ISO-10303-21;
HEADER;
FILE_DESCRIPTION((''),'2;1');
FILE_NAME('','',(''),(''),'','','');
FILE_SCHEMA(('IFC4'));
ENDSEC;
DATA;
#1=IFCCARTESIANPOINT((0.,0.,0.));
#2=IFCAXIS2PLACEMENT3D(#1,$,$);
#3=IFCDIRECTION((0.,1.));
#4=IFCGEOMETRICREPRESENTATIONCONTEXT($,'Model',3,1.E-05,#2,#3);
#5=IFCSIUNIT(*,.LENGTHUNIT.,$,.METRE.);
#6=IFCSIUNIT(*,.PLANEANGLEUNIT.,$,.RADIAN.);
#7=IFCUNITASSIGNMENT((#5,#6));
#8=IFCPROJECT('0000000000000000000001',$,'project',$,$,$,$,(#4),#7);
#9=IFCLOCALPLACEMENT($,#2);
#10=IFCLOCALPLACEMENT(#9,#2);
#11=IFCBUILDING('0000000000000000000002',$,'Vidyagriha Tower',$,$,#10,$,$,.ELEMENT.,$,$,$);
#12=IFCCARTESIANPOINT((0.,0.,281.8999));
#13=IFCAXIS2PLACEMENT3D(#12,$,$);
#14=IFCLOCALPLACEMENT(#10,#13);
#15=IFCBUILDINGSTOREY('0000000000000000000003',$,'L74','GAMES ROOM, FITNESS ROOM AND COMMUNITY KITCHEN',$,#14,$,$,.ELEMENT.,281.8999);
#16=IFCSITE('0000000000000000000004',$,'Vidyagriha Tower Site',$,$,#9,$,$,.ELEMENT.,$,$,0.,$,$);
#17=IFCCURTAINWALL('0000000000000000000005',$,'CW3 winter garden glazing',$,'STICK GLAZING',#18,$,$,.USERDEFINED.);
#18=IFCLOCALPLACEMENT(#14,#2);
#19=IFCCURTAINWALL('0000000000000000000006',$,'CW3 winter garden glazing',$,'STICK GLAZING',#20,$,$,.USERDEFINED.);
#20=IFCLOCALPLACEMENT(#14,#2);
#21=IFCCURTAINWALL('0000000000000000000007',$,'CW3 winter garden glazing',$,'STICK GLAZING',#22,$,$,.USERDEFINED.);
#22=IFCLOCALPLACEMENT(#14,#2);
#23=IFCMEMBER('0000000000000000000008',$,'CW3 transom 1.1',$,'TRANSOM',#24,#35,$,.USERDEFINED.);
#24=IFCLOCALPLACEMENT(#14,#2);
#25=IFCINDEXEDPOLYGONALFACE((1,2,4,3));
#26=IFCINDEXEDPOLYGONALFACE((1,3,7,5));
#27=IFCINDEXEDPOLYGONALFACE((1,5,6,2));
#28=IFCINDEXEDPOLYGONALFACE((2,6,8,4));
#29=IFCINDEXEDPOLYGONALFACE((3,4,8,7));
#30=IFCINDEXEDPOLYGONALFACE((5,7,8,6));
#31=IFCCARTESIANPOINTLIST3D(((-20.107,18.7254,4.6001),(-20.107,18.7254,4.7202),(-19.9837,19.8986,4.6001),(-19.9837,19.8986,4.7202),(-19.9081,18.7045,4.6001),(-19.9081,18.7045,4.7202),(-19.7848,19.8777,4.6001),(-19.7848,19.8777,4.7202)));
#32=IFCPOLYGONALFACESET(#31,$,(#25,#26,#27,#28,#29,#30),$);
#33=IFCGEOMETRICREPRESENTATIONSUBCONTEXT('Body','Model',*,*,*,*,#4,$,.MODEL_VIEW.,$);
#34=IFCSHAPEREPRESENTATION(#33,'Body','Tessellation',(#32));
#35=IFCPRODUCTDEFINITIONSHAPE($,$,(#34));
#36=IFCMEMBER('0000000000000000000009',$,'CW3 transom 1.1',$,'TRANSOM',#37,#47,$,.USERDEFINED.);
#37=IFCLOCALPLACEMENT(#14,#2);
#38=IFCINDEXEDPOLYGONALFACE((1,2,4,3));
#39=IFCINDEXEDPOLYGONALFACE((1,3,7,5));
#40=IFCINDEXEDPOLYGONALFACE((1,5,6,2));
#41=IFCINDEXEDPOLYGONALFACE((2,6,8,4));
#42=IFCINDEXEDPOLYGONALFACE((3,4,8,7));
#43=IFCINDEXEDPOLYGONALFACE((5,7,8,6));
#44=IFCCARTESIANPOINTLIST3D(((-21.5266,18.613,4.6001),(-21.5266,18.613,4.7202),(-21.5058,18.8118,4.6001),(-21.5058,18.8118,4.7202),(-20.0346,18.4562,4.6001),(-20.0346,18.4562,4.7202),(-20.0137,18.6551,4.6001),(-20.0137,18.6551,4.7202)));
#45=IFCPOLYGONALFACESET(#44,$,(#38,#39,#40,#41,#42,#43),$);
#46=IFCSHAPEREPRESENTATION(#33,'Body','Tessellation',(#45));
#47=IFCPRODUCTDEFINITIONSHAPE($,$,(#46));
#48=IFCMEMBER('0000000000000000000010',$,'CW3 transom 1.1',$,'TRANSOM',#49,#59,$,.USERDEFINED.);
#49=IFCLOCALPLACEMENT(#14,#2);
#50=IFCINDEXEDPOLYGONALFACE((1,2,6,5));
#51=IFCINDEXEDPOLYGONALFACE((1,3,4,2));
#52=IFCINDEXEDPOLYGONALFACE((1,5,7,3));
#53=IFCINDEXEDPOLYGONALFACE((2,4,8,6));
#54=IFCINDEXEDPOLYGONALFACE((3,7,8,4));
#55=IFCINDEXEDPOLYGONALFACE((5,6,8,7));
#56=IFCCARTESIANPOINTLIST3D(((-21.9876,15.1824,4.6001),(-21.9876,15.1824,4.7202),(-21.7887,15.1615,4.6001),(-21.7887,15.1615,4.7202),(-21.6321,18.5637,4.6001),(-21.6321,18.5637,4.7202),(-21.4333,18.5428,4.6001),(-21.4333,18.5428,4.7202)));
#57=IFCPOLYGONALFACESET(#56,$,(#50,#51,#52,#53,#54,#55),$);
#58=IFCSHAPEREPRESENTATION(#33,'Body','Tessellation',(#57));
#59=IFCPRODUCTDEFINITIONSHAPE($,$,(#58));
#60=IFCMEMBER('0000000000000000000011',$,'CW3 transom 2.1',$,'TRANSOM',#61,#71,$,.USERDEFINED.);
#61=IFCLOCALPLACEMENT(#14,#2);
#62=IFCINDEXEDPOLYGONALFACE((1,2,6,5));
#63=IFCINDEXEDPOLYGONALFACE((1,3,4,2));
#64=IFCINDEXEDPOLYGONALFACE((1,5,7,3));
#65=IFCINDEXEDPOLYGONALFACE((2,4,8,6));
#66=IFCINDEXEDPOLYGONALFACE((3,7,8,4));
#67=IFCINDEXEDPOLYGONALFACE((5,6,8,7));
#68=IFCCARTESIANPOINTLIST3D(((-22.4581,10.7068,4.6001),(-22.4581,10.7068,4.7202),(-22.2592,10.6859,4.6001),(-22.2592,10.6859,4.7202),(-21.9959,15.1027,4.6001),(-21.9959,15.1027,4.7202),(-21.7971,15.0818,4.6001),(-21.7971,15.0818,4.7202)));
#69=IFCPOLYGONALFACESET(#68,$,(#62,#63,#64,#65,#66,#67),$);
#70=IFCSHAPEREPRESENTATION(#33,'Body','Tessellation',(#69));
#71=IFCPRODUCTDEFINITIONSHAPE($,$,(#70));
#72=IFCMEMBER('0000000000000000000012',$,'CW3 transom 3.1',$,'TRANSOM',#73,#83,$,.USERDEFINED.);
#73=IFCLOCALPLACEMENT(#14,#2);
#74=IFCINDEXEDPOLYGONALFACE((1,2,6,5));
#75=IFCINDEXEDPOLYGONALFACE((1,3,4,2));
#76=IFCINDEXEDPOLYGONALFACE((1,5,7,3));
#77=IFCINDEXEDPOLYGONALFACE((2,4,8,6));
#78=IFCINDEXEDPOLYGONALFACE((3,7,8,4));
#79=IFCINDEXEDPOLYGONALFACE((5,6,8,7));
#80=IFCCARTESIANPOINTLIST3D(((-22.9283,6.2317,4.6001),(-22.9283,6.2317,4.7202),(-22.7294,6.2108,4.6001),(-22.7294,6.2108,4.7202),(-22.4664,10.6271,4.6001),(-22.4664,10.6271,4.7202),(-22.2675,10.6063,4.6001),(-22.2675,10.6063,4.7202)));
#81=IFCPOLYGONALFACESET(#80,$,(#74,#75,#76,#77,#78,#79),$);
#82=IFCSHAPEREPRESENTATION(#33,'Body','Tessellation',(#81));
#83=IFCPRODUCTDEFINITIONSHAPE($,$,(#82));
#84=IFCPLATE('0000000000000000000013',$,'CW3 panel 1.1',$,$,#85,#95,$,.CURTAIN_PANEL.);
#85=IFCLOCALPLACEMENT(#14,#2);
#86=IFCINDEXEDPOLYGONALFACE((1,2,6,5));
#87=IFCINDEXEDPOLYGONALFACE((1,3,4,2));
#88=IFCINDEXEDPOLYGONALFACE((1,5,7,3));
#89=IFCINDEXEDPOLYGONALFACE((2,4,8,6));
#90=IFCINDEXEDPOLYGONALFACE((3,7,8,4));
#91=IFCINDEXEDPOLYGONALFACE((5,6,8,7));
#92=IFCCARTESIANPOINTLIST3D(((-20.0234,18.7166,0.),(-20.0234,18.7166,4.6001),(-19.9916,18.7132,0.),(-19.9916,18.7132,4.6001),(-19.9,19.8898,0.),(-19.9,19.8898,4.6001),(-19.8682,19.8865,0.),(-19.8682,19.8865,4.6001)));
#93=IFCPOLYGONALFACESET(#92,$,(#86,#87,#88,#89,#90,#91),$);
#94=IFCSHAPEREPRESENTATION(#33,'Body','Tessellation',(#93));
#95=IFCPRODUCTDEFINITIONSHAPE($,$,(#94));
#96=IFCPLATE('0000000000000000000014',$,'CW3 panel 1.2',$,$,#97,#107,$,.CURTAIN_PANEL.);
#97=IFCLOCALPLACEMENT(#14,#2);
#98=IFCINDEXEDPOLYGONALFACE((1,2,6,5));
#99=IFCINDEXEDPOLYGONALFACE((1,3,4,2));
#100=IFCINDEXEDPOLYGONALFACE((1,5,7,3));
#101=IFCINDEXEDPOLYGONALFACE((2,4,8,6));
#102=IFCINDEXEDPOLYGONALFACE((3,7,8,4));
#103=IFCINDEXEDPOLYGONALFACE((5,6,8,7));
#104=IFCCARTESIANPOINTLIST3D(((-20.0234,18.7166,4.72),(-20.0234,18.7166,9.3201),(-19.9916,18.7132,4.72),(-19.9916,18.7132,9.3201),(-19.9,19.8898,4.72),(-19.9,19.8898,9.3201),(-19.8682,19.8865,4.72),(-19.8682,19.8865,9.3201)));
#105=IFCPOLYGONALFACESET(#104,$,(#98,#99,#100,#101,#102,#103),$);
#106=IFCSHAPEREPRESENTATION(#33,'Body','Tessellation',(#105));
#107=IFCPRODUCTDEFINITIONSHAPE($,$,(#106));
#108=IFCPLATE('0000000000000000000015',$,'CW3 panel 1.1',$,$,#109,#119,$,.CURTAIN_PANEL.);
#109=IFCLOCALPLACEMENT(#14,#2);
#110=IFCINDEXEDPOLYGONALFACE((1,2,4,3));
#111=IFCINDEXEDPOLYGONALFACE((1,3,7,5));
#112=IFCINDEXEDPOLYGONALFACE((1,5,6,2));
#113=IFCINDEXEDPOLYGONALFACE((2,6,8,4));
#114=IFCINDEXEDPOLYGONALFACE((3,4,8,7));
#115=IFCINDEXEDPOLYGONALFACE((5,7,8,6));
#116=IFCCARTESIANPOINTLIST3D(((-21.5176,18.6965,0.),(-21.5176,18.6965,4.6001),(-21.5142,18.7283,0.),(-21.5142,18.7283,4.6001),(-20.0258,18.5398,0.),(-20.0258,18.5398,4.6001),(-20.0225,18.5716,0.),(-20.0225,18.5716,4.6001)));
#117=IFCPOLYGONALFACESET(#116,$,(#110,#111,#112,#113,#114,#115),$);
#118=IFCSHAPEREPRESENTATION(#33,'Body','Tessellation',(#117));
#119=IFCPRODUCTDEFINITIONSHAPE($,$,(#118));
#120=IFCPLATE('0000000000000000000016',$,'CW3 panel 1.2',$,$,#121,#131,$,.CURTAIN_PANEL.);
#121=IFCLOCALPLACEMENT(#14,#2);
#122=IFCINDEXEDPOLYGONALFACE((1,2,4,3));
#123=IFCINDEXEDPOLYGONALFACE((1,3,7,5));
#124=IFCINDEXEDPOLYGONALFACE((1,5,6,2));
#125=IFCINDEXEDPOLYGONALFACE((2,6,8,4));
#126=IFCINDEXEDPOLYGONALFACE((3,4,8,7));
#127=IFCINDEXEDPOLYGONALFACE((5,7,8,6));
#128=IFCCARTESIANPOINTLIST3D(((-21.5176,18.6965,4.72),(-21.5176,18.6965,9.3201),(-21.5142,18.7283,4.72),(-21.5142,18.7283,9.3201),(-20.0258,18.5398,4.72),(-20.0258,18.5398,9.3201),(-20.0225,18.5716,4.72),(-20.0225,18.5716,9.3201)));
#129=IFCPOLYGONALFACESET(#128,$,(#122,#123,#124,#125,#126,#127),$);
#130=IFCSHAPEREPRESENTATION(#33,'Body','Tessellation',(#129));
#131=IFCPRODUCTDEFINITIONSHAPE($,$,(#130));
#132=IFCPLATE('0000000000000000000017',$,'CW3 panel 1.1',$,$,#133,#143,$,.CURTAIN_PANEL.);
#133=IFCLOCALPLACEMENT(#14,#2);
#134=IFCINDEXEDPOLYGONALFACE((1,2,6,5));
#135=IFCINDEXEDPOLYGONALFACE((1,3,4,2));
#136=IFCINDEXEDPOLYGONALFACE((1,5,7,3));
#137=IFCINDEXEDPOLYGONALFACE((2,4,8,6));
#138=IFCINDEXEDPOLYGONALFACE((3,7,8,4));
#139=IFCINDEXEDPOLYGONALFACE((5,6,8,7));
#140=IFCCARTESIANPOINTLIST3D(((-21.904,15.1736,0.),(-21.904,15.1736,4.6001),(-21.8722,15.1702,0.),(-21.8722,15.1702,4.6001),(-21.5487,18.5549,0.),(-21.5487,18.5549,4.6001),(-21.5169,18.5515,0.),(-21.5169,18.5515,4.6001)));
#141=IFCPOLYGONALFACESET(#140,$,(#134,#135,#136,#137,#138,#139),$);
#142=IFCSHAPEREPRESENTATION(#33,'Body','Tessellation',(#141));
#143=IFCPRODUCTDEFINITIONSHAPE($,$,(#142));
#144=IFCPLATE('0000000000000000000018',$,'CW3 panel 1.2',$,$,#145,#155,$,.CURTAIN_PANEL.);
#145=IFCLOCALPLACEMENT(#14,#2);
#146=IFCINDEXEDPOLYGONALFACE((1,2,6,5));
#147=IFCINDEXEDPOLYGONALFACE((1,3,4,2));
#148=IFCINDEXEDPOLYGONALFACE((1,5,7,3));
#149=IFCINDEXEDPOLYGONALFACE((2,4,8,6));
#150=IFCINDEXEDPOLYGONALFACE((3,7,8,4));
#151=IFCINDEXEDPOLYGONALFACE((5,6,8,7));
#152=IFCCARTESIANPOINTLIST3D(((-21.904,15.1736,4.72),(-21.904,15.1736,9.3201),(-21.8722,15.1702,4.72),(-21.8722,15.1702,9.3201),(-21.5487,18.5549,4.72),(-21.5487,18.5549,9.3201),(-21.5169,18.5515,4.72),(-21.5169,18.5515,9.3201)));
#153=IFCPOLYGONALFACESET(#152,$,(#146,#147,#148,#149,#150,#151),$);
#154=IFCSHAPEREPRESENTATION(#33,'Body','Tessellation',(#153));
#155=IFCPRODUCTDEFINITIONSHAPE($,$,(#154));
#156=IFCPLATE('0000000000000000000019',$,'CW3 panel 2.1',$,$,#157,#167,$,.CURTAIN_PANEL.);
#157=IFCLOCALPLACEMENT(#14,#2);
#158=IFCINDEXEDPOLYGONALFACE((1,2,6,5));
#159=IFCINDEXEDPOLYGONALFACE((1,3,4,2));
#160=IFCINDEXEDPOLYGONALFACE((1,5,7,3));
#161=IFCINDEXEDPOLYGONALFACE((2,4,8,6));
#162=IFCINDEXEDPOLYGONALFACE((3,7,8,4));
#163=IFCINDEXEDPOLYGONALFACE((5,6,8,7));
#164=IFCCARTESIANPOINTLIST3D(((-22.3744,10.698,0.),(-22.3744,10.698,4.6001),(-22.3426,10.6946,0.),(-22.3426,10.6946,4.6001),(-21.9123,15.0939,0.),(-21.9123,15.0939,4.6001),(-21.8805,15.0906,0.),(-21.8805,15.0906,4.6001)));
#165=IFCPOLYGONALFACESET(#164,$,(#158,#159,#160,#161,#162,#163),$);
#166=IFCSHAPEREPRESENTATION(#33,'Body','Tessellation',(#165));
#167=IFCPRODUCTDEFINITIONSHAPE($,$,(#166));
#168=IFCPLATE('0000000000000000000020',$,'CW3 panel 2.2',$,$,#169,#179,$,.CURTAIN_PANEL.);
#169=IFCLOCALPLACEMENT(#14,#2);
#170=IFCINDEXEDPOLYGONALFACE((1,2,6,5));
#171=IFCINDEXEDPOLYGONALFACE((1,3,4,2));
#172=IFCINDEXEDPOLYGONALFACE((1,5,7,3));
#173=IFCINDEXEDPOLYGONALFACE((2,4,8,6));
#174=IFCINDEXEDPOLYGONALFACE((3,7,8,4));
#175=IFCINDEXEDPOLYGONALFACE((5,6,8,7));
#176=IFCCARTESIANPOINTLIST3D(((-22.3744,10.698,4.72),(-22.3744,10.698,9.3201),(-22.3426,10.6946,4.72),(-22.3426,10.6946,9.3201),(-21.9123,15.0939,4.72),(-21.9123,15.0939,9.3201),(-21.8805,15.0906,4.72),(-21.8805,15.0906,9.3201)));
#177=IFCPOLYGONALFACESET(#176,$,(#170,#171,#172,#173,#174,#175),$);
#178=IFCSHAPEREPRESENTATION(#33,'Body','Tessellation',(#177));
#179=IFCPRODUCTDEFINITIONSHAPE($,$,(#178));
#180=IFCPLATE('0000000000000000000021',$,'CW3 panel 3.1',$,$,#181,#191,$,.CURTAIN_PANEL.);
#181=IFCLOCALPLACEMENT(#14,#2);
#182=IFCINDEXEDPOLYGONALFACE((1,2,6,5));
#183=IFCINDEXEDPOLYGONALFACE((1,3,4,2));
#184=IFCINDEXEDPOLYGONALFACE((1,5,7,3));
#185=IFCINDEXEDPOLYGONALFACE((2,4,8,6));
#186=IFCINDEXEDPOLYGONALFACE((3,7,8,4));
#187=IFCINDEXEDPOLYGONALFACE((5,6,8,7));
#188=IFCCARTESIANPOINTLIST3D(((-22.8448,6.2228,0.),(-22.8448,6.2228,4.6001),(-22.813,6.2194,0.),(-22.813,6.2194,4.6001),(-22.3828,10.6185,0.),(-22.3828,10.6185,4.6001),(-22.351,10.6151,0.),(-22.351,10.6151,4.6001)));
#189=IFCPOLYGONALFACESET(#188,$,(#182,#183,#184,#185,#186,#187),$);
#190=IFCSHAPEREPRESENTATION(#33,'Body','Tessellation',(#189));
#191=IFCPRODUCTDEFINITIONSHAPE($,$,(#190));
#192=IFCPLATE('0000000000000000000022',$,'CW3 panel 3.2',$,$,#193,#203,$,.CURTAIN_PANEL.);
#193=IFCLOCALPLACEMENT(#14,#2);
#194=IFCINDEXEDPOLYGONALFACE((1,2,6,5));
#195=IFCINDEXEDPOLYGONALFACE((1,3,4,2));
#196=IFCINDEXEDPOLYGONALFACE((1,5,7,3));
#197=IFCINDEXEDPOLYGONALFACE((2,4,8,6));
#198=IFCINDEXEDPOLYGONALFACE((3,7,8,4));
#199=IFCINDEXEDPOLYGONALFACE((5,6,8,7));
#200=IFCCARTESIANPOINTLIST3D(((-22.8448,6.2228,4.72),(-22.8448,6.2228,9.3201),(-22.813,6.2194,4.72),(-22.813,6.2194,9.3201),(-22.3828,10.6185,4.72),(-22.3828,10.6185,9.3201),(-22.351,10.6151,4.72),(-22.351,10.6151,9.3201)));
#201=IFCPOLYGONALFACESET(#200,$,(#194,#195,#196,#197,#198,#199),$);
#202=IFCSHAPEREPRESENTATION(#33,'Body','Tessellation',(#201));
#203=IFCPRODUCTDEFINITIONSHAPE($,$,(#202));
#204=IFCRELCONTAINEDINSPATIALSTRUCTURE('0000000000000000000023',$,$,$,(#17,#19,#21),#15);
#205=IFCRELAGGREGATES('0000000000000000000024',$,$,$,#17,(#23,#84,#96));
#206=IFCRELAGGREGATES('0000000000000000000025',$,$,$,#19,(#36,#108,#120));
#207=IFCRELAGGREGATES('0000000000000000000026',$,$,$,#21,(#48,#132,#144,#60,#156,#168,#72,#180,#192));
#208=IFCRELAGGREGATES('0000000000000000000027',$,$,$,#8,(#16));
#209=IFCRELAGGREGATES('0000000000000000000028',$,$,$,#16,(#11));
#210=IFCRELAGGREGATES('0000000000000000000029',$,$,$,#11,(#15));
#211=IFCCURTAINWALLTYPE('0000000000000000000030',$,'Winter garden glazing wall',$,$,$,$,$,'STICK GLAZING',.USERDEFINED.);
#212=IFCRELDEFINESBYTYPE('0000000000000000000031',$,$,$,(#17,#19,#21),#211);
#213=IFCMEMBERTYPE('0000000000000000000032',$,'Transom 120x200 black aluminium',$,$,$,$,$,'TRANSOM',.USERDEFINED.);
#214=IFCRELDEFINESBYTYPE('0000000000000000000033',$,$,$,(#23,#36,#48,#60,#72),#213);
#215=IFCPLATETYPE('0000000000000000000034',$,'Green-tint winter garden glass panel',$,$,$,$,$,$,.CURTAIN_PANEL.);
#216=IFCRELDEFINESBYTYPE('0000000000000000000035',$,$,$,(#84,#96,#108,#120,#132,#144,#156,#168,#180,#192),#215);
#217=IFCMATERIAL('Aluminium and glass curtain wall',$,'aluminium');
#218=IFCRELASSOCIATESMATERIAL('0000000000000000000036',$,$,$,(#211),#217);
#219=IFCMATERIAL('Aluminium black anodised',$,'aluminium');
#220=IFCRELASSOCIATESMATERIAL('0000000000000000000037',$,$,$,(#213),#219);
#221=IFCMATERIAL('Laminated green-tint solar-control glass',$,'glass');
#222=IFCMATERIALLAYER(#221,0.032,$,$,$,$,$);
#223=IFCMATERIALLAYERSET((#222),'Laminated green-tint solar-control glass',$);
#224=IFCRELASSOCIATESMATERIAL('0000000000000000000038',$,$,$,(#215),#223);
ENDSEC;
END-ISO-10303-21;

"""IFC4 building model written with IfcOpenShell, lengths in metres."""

from ifc_helpers import new_model, si_unit, direction, frame, origin, origin_2d, place, context, subcontext, project, spatial, rectangle, extrude, material, layer, layer_set, material_profile, profile_set, type_object, element, aggregate, save


model = new_model("IFC4")

# Units and contexts
model_context = context("Model", 3, precision=1e-05, world=origin(), true_north=direction((0.0, 1.0)))
body_context = subcontext(model_context, "Body", "Model", "MODEL_VIEW")
ifc_project = project(units=[si_unit("LENGTHUNIT", "METRE"), si_unit("PLANEANGLEUNIT", "RADIAN")], contexts=[model_context])

# Site, building, storey
site_placement = place(None, origin())
site = spatial("IfcSite", under=ifc_project, at=site_placement, Name="Vidyagriha Tower Site", CompositionType="ELEMENT", RefElevation=0.0)
building_placement = place(site_placement, origin())
building = spatial("IfcBuilding", under=site, at=building_placement, Name="Vidyagriha Tower", CompositionType="ELEMENT")
storey_placement = place(building_placement, frame((0.0, 0.0, 281.8999)))
storey = spatial("IfcBuildingStorey", under=building, at=storey_placement, Name="L74", Description="GAMES ROOM, FITNESS ROOM AND COMMUNITY KITCHEN", CompositionType="ELEMENT", Elevation=281.8999)

# Curtain wall
ifc_material_1 = material(Name="Aluminium and glass curtain wall", Category="aluminium")
curtain_wall_type = type_object("IfcCurtainWallType", Name="Winter garden glazing wall", ElementType="STICK GLAZING", PredefinedType="USERDEFINED", material=ifc_material_1)
curtain_wall_1_placement = place(storey_placement, origin())
curtain_wall_1 = element("IfcCurtainWall", 1, at=curtain_wall_1_placement, inside=storey, type_object=curtain_wall_type, Name="CW3 winter garden glazing", ObjectType="STICK GLAZING", PredefinedType="USERDEFINED")

# Curtain walls
curtain_wall_2_placement = place(storey_placement, origin())
curtain_wall_2 = element("IfcCurtainWall", 2, at=curtain_wall_2_placement, inside=storey, type_object=curtain_wall_type, Name="CW3 winter garden glazing", ObjectType="STICK GLAZING", PredefinedType="USERDEFINED")
curtain_wall_3_placement = place(storey_placement, origin())
curtain_wall_3 = element("IfcCurtainWall", 3, at=curtain_wall_3_placement, inside=storey, type_object=curtain_wall_type, Name="CW3 winter garden glazing", ObjectType="STICK GLAZING", PredefinedType="USERDEFINED")

# Members
ifc_material_2 = material(Name="Aluminium black anodised", Category="aluminium")
ifc_material_profile_1 = material_profile(ifc_material_2, rectangle(XDim=0.2, YDim=0.1201, at=origin_2d()), Name="Transom 120x200 black aluminium")
ifc_profile_set_1 = profile_set([ifc_material_profile_1], Name="Aluminium black anodised")
member_type_1 = type_object("IfcMemberType", Name="Transom 120x200 black aluminium", ElementType="TRANSOM", PredefinedType="USERDEFINED", material=ifc_profile_set_1)
member_1_placement = place(storey_placement, frame((-19.8843, 19.8882, 4.6602), z_axis=(-0.104502, -0.994525, 0.0), x_axis=(0.994525, -0.104502, 0.0)))
member_1 = element("IfcMember", 4, at=member_1_placement, type_object=member_type_1, Name="CW3 transom 1.1", ObjectType="TRANSOM", PredefinedType="USERDEFINED", context=body_context, shape_type="SweptSolid", body=[
    extrude(rectangle(XDim=0.2, YDim=0.1201, at=origin_2d()), origin(), (0.0, 0.0, 1.0), 1.1797),
])
member_2_placement = place(storey_placement, frame((-20.0242, 18.5557, 4.6602), z_axis=(-0.994527, 0.104481, 0.0), x_axis=(-0.104481, -0.994527, 0.0)))
member_2 = element("IfcMember", 5, at=member_2_placement, type_object=member_type_1, Name="CW3 transom 1.1", ObjectType="TRANSOM", PredefinedType="USERDEFINED", context=body_context, shape_type="SweptSolid", body=[
    extrude(rectangle(XDim=0.2, YDim=0.1201, at=origin_2d()), origin(), (0.0, 0.0, 1.0), 1.5002),
])
member_3_placement = place(storey_placement, frame((-21.5327, 18.5532, 4.6602), z_axis=(-0.10455, -0.99452, 0.0), x_axis=(0.99452, -0.10455, 0.0)))
member_3 = element("IfcMember", 6, at=member_3_placement, type_object=member_type_1, Name="CW3 transom 1.1", ObjectType="TRANSOM", PredefinedType="USERDEFINED", context=body_context, shape_type="SweptSolid", body=[
    extrude(rectangle(XDim=0.2, YDim=0.1201, at=origin_2d()), origin(), (0.0, 0.0, 1.0), 3.3999),
])
member_4_placement = place(storey_placement, frame((-21.8965, 15.0923, 4.6602), z_axis=(-0.104555, -0.994519, 0.0), x_axis=(0.994519, -0.104555, 0.0)))
member_4 = element("IfcMember", 7, at=member_4_placement, type_object=member_type_1, Name="CW3 transom 2.1", ObjectType="TRANSOM", PredefinedType="USERDEFINED", context=body_context, shape_type="SweptSolid", body=[
    extrude(rectangle(XDim=0.2, YDim=0.1201, at=origin_2d()), origin(), (0.0, 0.0, 1.0), 4.4202),
])
member_5_placement = place(storey_placement, frame((-22.3669, 10.6167, 4.6602), z_axis=(-0.104512, -0.994524, 0.0), x_axis=(0.994524, -0.104512, 0.0)))
member_5 = element("IfcMember", 8, at=member_5_placement, type_object=member_type_1, Name="CW3 transom 3.1", ObjectType="TRANSOM", PredefinedType="USERDEFINED", context=body_context, shape_type="SweptSolid", body=[
    extrude(rectangle(XDim=0.2, YDim=0.1201, at=origin_2d()), origin(), (0.0, 0.0, 1.0), 4.4197),
])

# Plates
ifc_material_3 = material(Name="Laminated green-tint solar-control glass", Category="glass")
ifc_layer_1 = layer(ifc_material_3, 0.032)
ifc_layer_set_1 = layer_set([ifc_layer_1], Name="Laminated green-tint solar-control glass")
plate_type = type_object("IfcPlateType", Name="Green-tint winter garden glass panel", PredefinedType="CURTAIN_PANEL", material=ifc_layer_set_1)
plate_1_placement = place(storey_placement, frame((-19.9458, 19.3015, 0.0), z_axis=(0.0, 0.0, 1.0), x_axis=(-0.104564, -0.994518, 0.0)))
plate_1 = element("IfcPlate", 9, at=plate_1_placement, type_object=plate_type, Name="CW3 panel 1.1", PredefinedType="CURTAIN_PANEL", context=body_context, shape_type="SweptSolid", body=[
    extrude(rectangle(XDim=1.1797, YDim=0.032, at=origin_2d()), origin(), (0.0, 0.0, 1.0), 4.6001),
])
plate_2_placement = place(storey_placement, frame((-19.9458, 19.3015, 4.72), z_axis=(0.0, 0.0, 1.0), x_axis=(-0.104564, -0.994518, 0.0)))
plate_2 = element("IfcPlate", 10, at=plate_2_placement, type_object=plate_type, Name="CW3 panel 1.2", PredefinedType="CURTAIN_PANEL", context=body_context, shape_type="SweptSolid", body=[
    extrude(rectangle(XDim=1.1797, YDim=0.032, at=origin_2d()), origin(), (0.0, 0.0, 1.0), 4.6001),
])
aggregate(curtain_wall_1, [member_1, plate_1, plate_2])
plate_3_placement = place(storey_placement, frame((-20.77, 18.634, 0.0), z_axis=(0.0, 0.0, 1.0), x_axis=(-0.99453, 0.104453, 0.0)))
plate_3 = element("IfcPlate", 11, at=plate_3_placement, type_object=plate_type, Name="CW3 panel 1.1", PredefinedType="CURTAIN_PANEL", context=body_context, shape_type="SweptSolid", body=[
    extrude(rectangle(XDim=1.5, YDim=0.032, at=origin_2d()), origin(), (0.0, 0.0, 1.0), 4.6001),
])
plate_4_placement = place(storey_placement, frame((-20.77, 18.634, 4.72), z_axis=(0.0, 0.0, 1.0), x_axis=(-0.99453, 0.104453, 0.0)))
plate_4 = element("IfcPlate", 12, at=plate_4_placement, type_object=plate_type, Name="CW3 panel 1.2", PredefinedType="CURTAIN_PANEL", context=body_context, shape_type="SweptSolid", body=[
    extrude(rectangle(XDim=1.5, YDim=0.032, at=origin_2d()), origin(), (0.0, 0.0, 1.0), 4.6001),
])
aggregate(curtain_wall_2, [member_2, plate_3, plate_4])
plate_5_placement = place(storey_placement, frame((-21.7104, 16.8625, 0.0), z_axis=(0.0, 0.0, 1.0), x_axis=(-0.104527, -0.994522, 0.0)))
plate_5 = element("IfcPlate", 13, at=plate_5_placement, type_object=plate_type, Name="CW3 panel 1.1", PredefinedType="CURTAIN_PANEL", context=body_context, shape_type="SweptSolid", body=[
    extrude(rectangle(XDim=3.3999, YDim=0.032, at=origin_2d()), origin(), (0.0, 0.0, 1.0), 4.6001),
])
plate_6_placement = place(storey_placement, frame((-21.7104, 16.8625, 4.72), z_axis=(0.0, 0.0, 1.0), x_axis=(-0.104527, -0.994522, 0.0)))
plate_6 = element("IfcPlate", 14, at=plate_6_placement, type_object=plate_type, Name="CW3 panel 1.2", PredefinedType="CURTAIN_PANEL", context=body_context, shape_type="SweptSolid", body=[
    extrude(rectangle(XDim=3.3999, YDim=0.032, at=origin_2d()), origin(), (0.0, 0.0, 1.0), 4.6001),
])
plate_7_placement = place(storey_placement, frame((-22.1274, 12.8943, 0.0), z_axis=(0.0, 0.0, 1.0), x_axis=(-0.104527, -0.994522, 0.0)))
plate_7 = element("IfcPlate", 15, at=plate_7_placement, type_object=plate_type, Name="CW3 panel 2.1", PredefinedType="CURTAIN_PANEL", context=body_context, shape_type="SweptSolid", body=[
    extrude(rectangle(XDim=4.4202, YDim=0.032, at=origin_2d()), origin(), (0.0, 0.0, 1.0), 4.6001),
])
plate_8_placement = place(storey_placement, frame((-22.1274, 12.8943, 4.72), z_axis=(0.0, 0.0, 1.0), x_axis=(-0.104527, -0.994522, 0.0)))
plate_8 = element("IfcPlate", 16, at=plate_8_placement, type_object=plate_type, Name="CW3 panel 2.2", PredefinedType="CURTAIN_PANEL", context=body_context, shape_type="SweptSolid", body=[
    extrude(rectangle(XDim=4.4202, YDim=0.032, at=origin_2d()), origin(), (0.0, 0.0, 1.0), 4.6001),
])
plate_9_placement = place(storey_placement, frame((-22.5979, 8.4189, 0.0), z_axis=(0.0, 0.0, 1.0), x_axis=(-0.104527, -0.994522, 0.0)))
plate_9 = element("IfcPlate", 17, at=plate_9_placement, type_object=plate_type, Name="CW3 panel 3.1", PredefinedType="CURTAIN_PANEL", context=body_context, shape_type="SweptSolid", body=[
    extrude(rectangle(XDim=4.4199, YDim=0.032, at=origin_2d()), origin(), (0.0, 0.0, 1.0), 4.6001),
])
plate_10_placement = place(storey_placement, frame((-22.5979, 8.4189, 4.72), z_axis=(0.0, 0.0, 1.0), x_axis=(-0.104527, -0.994522, 0.0)))
plate_10 = element("IfcPlate", 18, at=plate_10_placement, type_object=plate_type, Name="CW3 panel 3.2", PredefinedType="CURTAIN_PANEL", context=body_context, shape_type="SweptSolid", body=[
    extrude(rectangle(XDim=4.4199, YDim=0.032, at=origin_2d()), origin(), (0.0, 0.0, 1.0), 4.6001),
])
aggregate(curtain_wall_3, [member_3, plate_5, plate_6, member_4, plate_7, plate_8, member_5, plate_9, plate_10])

save(model, "model.ifc")
